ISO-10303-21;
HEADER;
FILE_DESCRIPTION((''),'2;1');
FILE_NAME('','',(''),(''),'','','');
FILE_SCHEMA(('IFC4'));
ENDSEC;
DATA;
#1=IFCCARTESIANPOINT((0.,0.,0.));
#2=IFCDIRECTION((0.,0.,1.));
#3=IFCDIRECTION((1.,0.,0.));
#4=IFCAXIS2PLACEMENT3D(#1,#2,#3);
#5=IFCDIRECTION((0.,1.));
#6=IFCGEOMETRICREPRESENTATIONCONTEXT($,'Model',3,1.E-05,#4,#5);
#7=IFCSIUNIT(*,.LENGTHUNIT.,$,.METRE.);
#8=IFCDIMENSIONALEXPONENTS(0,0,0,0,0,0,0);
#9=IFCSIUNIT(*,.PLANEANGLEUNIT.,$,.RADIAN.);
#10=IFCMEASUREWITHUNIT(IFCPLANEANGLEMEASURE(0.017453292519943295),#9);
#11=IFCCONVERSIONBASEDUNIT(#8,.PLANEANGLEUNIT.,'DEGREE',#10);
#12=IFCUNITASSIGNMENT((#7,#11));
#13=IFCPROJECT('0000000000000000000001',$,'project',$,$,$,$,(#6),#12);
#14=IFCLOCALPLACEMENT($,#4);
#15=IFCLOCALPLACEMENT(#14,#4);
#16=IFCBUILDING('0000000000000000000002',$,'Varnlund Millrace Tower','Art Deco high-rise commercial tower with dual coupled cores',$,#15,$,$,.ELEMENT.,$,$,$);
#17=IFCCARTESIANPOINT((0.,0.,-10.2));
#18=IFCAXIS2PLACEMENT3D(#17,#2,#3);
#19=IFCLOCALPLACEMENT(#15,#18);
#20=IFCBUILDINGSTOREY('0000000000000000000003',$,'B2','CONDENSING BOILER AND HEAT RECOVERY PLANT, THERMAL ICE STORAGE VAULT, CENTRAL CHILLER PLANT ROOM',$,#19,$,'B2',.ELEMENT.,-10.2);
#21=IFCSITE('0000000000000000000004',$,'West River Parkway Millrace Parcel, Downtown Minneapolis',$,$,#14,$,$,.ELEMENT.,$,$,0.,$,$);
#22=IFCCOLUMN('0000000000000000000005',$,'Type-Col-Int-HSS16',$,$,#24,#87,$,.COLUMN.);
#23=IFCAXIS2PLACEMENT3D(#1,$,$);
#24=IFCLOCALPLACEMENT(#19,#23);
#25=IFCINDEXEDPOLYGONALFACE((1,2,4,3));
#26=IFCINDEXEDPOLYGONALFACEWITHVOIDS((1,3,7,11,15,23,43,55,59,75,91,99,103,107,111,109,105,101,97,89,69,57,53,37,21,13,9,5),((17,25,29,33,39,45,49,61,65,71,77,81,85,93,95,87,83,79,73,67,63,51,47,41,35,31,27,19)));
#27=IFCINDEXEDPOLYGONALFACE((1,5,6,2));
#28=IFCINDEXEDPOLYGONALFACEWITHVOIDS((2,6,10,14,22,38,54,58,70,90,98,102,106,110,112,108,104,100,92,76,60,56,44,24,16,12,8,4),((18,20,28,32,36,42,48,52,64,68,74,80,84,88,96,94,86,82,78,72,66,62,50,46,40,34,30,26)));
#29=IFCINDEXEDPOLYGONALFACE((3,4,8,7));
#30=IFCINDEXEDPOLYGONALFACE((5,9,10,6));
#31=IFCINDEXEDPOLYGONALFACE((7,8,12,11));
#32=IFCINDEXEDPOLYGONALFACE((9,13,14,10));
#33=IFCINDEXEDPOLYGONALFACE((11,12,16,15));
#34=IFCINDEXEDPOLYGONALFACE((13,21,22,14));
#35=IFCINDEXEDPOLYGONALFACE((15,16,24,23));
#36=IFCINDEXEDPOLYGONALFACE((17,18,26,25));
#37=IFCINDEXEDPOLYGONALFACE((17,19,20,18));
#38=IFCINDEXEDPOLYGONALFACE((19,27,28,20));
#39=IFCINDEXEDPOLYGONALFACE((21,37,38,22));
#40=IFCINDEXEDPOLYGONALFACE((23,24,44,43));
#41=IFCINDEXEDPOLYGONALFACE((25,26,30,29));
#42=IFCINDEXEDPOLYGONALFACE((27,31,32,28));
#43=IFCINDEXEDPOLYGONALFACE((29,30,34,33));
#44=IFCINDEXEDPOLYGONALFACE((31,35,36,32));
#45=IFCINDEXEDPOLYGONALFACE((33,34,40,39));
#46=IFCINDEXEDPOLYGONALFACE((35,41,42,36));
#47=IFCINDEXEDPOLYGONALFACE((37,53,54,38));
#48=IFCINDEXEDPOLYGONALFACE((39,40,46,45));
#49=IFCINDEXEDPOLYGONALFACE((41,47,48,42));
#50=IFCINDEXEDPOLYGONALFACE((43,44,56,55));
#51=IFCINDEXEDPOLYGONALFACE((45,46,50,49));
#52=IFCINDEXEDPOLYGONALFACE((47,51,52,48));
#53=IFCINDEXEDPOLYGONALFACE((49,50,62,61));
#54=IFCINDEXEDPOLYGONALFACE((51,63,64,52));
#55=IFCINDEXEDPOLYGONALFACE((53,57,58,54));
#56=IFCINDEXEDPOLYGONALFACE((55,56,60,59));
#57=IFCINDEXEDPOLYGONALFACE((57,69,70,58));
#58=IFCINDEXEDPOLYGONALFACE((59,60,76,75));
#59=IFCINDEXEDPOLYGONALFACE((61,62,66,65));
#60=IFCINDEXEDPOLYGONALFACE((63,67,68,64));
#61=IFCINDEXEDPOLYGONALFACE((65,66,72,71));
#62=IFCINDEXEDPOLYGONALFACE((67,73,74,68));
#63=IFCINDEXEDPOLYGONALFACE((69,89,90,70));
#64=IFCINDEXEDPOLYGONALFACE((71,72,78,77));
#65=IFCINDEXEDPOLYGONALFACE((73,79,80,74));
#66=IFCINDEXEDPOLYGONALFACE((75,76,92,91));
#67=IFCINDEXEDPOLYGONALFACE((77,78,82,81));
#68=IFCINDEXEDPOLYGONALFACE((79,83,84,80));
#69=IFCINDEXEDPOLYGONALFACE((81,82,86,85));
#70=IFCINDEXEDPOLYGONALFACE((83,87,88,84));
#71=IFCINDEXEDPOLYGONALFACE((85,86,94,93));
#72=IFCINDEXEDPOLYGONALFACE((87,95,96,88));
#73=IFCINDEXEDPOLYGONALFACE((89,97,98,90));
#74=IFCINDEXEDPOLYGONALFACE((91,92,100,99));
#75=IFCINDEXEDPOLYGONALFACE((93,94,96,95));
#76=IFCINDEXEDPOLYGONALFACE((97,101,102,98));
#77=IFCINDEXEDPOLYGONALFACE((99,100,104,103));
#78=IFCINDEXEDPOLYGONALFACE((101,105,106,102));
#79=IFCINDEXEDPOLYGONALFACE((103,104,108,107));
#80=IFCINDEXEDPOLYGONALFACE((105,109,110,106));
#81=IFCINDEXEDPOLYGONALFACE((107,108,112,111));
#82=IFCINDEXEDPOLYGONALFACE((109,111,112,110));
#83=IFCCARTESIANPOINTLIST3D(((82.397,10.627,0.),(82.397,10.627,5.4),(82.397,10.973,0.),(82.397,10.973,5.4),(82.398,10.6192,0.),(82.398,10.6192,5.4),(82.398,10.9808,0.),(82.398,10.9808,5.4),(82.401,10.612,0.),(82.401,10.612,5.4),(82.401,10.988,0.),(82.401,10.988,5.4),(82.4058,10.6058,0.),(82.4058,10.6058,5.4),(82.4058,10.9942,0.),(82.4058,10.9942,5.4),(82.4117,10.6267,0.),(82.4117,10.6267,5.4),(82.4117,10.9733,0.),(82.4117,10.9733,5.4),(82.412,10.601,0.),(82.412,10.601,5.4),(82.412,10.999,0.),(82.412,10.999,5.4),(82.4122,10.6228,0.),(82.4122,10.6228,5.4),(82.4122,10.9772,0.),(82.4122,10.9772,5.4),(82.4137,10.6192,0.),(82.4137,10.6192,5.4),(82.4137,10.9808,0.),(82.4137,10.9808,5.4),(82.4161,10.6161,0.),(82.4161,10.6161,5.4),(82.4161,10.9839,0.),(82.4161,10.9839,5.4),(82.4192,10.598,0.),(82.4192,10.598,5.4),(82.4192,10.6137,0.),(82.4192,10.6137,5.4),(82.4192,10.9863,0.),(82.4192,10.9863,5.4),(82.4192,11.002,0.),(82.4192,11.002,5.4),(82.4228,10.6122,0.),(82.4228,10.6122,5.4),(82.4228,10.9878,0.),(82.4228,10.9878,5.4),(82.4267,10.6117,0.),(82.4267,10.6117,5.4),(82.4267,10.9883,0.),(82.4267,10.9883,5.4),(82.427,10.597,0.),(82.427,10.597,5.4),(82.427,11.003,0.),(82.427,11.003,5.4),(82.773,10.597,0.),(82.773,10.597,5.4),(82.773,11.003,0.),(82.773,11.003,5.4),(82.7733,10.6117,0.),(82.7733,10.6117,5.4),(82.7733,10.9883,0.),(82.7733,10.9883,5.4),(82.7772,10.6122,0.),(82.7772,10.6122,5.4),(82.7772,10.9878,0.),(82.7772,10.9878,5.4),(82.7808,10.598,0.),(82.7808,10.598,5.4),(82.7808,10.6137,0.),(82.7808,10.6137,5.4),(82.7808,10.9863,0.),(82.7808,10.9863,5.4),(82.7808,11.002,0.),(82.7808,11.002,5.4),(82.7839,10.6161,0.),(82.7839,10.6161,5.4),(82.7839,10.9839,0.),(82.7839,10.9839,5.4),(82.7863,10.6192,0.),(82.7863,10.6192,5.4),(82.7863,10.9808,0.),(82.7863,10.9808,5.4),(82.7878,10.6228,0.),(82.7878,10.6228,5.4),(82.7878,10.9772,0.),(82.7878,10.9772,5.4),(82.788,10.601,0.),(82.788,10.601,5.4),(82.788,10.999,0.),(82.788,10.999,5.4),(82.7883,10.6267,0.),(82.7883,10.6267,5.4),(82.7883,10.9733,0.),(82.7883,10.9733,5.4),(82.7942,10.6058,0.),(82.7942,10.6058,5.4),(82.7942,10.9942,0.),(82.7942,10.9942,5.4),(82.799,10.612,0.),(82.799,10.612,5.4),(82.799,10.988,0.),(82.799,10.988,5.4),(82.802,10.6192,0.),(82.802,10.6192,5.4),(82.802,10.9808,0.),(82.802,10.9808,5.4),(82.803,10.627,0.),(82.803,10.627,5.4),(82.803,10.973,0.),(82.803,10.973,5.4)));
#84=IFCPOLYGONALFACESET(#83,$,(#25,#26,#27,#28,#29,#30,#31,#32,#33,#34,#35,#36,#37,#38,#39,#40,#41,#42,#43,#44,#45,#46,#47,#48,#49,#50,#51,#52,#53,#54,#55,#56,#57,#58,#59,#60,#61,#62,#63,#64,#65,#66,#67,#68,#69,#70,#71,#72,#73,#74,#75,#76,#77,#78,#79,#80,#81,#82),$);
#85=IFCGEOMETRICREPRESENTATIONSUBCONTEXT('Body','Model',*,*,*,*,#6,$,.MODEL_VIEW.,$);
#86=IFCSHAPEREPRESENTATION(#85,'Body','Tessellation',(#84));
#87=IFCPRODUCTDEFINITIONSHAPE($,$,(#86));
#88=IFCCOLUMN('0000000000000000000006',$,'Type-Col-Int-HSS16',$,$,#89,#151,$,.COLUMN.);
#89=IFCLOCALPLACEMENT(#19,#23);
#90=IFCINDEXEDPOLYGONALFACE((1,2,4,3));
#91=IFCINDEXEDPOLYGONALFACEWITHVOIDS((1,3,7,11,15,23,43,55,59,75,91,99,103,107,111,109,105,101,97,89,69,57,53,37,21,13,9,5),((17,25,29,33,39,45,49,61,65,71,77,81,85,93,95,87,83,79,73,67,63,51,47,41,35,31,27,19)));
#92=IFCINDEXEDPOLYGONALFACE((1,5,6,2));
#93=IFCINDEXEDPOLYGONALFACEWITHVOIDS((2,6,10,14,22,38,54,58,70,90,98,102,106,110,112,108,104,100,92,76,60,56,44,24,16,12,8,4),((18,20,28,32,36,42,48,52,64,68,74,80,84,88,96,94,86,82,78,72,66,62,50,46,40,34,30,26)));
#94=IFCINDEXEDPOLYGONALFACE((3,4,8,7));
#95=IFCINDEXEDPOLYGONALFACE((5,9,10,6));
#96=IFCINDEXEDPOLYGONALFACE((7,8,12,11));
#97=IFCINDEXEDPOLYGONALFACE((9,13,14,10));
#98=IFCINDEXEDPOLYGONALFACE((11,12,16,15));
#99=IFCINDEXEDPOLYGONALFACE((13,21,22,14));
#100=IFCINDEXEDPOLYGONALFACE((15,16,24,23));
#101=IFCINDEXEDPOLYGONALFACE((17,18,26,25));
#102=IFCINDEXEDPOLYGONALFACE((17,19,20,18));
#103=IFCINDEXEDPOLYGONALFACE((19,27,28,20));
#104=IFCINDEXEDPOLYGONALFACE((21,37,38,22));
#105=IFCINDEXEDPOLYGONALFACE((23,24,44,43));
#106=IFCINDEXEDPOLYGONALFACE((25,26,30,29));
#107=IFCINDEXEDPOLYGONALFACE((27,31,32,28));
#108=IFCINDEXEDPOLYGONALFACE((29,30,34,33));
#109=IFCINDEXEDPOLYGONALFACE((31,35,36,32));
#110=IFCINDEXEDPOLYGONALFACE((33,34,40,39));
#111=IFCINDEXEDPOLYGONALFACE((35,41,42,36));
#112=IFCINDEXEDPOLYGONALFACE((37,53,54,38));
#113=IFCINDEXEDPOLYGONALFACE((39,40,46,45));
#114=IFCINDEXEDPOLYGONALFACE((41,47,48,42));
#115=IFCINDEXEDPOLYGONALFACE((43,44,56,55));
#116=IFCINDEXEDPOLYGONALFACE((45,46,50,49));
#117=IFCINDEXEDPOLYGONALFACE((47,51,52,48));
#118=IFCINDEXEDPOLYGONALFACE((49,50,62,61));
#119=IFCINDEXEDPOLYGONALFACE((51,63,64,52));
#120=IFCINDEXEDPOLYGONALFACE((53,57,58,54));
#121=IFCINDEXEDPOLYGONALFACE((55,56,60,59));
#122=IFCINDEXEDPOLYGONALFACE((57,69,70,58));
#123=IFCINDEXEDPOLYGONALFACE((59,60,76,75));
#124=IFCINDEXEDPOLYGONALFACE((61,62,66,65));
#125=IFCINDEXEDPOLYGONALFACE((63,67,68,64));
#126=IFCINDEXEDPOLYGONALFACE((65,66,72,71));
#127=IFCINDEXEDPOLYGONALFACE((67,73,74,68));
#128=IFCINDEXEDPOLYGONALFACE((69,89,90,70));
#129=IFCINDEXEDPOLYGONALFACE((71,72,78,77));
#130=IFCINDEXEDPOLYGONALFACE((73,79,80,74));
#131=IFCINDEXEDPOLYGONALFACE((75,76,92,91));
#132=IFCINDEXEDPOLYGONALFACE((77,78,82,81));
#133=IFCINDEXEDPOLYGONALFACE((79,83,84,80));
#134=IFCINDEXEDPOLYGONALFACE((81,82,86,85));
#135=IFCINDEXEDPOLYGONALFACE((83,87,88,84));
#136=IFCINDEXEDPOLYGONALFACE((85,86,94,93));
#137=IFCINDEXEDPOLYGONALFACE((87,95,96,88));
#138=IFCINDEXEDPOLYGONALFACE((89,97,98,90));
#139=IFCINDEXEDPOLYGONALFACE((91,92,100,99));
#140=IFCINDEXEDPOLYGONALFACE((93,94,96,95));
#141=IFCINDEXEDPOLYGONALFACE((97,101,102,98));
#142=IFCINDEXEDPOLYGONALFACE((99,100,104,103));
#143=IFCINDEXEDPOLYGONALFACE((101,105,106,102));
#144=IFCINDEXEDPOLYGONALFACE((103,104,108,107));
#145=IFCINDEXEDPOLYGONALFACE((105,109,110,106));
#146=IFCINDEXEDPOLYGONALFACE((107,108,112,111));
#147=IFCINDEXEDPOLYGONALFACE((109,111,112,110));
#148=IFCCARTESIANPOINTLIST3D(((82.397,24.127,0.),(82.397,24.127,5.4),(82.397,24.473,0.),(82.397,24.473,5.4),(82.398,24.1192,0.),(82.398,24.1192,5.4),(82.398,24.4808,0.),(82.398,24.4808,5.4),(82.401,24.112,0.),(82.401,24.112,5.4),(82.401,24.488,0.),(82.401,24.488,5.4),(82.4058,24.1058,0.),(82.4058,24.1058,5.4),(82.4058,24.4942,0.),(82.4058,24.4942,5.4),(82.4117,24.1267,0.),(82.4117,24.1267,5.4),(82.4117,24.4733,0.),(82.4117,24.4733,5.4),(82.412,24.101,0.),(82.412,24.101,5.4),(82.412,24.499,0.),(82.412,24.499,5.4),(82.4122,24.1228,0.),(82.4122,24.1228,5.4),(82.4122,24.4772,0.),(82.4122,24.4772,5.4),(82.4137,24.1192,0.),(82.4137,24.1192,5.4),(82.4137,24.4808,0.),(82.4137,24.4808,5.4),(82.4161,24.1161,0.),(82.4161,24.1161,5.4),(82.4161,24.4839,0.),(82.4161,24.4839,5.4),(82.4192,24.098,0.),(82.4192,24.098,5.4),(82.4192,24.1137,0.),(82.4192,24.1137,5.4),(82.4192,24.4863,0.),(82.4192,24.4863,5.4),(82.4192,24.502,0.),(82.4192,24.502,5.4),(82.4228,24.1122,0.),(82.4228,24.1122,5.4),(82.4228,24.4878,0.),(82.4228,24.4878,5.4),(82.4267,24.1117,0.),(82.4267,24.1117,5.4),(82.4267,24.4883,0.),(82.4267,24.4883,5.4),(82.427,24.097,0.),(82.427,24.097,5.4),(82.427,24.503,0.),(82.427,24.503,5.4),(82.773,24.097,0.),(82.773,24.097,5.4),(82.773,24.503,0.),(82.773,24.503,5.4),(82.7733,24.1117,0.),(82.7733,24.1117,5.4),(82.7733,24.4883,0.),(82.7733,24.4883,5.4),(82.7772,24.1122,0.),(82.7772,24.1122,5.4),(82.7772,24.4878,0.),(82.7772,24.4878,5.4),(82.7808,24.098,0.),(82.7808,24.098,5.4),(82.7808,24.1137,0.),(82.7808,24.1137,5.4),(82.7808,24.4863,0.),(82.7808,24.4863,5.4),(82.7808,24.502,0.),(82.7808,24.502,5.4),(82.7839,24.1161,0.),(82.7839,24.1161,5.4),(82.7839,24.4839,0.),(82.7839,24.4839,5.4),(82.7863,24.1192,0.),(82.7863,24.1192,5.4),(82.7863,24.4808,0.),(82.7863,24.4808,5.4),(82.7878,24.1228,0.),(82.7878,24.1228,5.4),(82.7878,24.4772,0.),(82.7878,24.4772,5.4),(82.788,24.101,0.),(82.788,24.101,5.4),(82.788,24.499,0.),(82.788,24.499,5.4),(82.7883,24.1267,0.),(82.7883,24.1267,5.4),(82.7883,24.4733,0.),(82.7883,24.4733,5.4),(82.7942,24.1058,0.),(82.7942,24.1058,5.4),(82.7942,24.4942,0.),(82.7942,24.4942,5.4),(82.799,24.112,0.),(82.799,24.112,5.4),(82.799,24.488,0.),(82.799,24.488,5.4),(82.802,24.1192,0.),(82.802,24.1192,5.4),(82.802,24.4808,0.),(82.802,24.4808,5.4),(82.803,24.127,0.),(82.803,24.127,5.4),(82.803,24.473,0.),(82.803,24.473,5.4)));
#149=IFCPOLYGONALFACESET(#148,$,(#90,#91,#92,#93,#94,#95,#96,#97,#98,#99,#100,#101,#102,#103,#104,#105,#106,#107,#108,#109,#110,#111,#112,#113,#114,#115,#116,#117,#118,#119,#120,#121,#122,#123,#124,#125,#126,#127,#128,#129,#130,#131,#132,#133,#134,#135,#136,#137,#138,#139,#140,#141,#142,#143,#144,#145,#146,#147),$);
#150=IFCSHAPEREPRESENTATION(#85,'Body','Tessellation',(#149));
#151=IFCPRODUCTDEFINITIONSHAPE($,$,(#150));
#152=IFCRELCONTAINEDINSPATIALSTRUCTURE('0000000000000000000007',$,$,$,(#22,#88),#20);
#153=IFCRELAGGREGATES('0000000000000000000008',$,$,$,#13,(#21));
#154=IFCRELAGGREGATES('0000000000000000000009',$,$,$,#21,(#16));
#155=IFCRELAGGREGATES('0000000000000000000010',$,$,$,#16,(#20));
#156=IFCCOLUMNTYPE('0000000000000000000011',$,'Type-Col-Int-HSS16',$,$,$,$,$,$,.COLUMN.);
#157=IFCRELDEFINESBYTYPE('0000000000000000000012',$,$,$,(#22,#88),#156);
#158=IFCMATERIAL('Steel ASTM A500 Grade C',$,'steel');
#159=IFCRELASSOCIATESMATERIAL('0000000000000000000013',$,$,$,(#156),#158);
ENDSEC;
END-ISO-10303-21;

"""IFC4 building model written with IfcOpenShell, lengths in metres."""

from ifc_helpers import new_model, entity, si_unit, converted_unit, direction, frame, origin_with_axes, origin_2d_with_axis, place, context, subcontext, project, spatial, hollow_rectangle, extrude, material, material_profile, profile_set, type_object, element, save


model = new_model("IFC4")

# Units and contexts
model_context = context("Model", 3, precision=1e-05, world=origin_with_axes(), true_north=direction((0.0, 1.0)))
body_context = subcontext(model_context, "Body", "Model", "MODEL_VIEW")
ifc_project = project(units=[si_unit("LENGTHUNIT", "METRE"), converted_unit("PLANEANGLEUNIT", "DEGREE", entity("IfcPlaneAngleMeasure", 0.017453292519943295), si_unit("PLANEANGLEUNIT", "RADIAN"), dimensions=[0, 0, 0, 0, 0, 0, 0])], contexts=[model_context])

# Site, building, storey
site_placement = place(None, origin_with_axes())
site = spatial("IfcSite", under=ifc_project, at=site_placement, Name="West River Parkway Millrace Parcel, Downtown Minneapolis", CompositionType="ELEMENT", RefElevation=0.0)
building_placement = place(site_placement, origin_with_axes())
building = spatial("IfcBuilding", under=site, at=building_placement, Name="Varnlund Millrace Tower", Description="Art Deco high-rise commercial tower with dual coupled cores", CompositionType="ELEMENT")
storey_placement = place(building_placement, frame((0.0, 0.0, -10.2), z_axis=(0.0, 0.0, 1.0), x_axis=(1.0, 0.0, 0.0)))
storey = spatial("IfcBuildingStorey", under=building, at=storey_placement, Name="B2", Description="CONDENSING BOILER AND HEAT RECOVERY PLANT, THERMAL ICE STORAGE VAULT, CENTRAL CHILLER PLANT ROOM", LongName="B2", CompositionType="ELEMENT", Elevation=-10.2)

# Columns
ifc_material_1 = material(Name="Steel ASTM A500 Grade C", Category="steel")
ifc_material_profile_1 = material_profile(ifc_material_1, hollow_rectangle(XDim=0.406, YDim=0.406, WallThickness=0.0147, InnerFilletRadius=0.015, OuterFilletRadius=0.03, at=origin_2d_with_axis()), Name="Steel ASTM A500 Grade C")
ifc_profile_set_1 = profile_set([ifc_material_profile_1], Name="Steel ASTM A500 Grade C")
column_type = type_object("IfcColumnType", Name="Type-Col-Int-HSS16", PredefinedType="COLUMN", material=ifc_profile_set_1)
for number, where, z_axis, x_axis, name in (
    (1, (82.6, 10.8, 0.0), (0.0, 0.0, 1.0), (1.0, 0.0, 0.0), "Type-Col-Int-HSS16"),
    (2, (82.6, 24.3, 0.0), (0.0, 0.0, 1.0), (1.0, 0.0, 0.0), "Type-Col-Int-HSS16"),
):
    element("IfcColumn", number, at=place(storey_placement, frame(where, z_axis=z_axis, x_axis=x_axis)), inside=storey, type_object=column_type, Name=name, PredefinedType="COLUMN", context=body_context, shape_type="SweptSolid", body=[
        extrude(hollow_rectangle(XDim=0.406, YDim=0.406, WallThickness=0.0147, InnerFilletRadius=0.015, OuterFilletRadius=0.03, at=origin_2d_with_axis()), origin_with_axes(), (0.0, 0.0, 1.0), 5.4),
    ])

save(model, "model.ifc")
